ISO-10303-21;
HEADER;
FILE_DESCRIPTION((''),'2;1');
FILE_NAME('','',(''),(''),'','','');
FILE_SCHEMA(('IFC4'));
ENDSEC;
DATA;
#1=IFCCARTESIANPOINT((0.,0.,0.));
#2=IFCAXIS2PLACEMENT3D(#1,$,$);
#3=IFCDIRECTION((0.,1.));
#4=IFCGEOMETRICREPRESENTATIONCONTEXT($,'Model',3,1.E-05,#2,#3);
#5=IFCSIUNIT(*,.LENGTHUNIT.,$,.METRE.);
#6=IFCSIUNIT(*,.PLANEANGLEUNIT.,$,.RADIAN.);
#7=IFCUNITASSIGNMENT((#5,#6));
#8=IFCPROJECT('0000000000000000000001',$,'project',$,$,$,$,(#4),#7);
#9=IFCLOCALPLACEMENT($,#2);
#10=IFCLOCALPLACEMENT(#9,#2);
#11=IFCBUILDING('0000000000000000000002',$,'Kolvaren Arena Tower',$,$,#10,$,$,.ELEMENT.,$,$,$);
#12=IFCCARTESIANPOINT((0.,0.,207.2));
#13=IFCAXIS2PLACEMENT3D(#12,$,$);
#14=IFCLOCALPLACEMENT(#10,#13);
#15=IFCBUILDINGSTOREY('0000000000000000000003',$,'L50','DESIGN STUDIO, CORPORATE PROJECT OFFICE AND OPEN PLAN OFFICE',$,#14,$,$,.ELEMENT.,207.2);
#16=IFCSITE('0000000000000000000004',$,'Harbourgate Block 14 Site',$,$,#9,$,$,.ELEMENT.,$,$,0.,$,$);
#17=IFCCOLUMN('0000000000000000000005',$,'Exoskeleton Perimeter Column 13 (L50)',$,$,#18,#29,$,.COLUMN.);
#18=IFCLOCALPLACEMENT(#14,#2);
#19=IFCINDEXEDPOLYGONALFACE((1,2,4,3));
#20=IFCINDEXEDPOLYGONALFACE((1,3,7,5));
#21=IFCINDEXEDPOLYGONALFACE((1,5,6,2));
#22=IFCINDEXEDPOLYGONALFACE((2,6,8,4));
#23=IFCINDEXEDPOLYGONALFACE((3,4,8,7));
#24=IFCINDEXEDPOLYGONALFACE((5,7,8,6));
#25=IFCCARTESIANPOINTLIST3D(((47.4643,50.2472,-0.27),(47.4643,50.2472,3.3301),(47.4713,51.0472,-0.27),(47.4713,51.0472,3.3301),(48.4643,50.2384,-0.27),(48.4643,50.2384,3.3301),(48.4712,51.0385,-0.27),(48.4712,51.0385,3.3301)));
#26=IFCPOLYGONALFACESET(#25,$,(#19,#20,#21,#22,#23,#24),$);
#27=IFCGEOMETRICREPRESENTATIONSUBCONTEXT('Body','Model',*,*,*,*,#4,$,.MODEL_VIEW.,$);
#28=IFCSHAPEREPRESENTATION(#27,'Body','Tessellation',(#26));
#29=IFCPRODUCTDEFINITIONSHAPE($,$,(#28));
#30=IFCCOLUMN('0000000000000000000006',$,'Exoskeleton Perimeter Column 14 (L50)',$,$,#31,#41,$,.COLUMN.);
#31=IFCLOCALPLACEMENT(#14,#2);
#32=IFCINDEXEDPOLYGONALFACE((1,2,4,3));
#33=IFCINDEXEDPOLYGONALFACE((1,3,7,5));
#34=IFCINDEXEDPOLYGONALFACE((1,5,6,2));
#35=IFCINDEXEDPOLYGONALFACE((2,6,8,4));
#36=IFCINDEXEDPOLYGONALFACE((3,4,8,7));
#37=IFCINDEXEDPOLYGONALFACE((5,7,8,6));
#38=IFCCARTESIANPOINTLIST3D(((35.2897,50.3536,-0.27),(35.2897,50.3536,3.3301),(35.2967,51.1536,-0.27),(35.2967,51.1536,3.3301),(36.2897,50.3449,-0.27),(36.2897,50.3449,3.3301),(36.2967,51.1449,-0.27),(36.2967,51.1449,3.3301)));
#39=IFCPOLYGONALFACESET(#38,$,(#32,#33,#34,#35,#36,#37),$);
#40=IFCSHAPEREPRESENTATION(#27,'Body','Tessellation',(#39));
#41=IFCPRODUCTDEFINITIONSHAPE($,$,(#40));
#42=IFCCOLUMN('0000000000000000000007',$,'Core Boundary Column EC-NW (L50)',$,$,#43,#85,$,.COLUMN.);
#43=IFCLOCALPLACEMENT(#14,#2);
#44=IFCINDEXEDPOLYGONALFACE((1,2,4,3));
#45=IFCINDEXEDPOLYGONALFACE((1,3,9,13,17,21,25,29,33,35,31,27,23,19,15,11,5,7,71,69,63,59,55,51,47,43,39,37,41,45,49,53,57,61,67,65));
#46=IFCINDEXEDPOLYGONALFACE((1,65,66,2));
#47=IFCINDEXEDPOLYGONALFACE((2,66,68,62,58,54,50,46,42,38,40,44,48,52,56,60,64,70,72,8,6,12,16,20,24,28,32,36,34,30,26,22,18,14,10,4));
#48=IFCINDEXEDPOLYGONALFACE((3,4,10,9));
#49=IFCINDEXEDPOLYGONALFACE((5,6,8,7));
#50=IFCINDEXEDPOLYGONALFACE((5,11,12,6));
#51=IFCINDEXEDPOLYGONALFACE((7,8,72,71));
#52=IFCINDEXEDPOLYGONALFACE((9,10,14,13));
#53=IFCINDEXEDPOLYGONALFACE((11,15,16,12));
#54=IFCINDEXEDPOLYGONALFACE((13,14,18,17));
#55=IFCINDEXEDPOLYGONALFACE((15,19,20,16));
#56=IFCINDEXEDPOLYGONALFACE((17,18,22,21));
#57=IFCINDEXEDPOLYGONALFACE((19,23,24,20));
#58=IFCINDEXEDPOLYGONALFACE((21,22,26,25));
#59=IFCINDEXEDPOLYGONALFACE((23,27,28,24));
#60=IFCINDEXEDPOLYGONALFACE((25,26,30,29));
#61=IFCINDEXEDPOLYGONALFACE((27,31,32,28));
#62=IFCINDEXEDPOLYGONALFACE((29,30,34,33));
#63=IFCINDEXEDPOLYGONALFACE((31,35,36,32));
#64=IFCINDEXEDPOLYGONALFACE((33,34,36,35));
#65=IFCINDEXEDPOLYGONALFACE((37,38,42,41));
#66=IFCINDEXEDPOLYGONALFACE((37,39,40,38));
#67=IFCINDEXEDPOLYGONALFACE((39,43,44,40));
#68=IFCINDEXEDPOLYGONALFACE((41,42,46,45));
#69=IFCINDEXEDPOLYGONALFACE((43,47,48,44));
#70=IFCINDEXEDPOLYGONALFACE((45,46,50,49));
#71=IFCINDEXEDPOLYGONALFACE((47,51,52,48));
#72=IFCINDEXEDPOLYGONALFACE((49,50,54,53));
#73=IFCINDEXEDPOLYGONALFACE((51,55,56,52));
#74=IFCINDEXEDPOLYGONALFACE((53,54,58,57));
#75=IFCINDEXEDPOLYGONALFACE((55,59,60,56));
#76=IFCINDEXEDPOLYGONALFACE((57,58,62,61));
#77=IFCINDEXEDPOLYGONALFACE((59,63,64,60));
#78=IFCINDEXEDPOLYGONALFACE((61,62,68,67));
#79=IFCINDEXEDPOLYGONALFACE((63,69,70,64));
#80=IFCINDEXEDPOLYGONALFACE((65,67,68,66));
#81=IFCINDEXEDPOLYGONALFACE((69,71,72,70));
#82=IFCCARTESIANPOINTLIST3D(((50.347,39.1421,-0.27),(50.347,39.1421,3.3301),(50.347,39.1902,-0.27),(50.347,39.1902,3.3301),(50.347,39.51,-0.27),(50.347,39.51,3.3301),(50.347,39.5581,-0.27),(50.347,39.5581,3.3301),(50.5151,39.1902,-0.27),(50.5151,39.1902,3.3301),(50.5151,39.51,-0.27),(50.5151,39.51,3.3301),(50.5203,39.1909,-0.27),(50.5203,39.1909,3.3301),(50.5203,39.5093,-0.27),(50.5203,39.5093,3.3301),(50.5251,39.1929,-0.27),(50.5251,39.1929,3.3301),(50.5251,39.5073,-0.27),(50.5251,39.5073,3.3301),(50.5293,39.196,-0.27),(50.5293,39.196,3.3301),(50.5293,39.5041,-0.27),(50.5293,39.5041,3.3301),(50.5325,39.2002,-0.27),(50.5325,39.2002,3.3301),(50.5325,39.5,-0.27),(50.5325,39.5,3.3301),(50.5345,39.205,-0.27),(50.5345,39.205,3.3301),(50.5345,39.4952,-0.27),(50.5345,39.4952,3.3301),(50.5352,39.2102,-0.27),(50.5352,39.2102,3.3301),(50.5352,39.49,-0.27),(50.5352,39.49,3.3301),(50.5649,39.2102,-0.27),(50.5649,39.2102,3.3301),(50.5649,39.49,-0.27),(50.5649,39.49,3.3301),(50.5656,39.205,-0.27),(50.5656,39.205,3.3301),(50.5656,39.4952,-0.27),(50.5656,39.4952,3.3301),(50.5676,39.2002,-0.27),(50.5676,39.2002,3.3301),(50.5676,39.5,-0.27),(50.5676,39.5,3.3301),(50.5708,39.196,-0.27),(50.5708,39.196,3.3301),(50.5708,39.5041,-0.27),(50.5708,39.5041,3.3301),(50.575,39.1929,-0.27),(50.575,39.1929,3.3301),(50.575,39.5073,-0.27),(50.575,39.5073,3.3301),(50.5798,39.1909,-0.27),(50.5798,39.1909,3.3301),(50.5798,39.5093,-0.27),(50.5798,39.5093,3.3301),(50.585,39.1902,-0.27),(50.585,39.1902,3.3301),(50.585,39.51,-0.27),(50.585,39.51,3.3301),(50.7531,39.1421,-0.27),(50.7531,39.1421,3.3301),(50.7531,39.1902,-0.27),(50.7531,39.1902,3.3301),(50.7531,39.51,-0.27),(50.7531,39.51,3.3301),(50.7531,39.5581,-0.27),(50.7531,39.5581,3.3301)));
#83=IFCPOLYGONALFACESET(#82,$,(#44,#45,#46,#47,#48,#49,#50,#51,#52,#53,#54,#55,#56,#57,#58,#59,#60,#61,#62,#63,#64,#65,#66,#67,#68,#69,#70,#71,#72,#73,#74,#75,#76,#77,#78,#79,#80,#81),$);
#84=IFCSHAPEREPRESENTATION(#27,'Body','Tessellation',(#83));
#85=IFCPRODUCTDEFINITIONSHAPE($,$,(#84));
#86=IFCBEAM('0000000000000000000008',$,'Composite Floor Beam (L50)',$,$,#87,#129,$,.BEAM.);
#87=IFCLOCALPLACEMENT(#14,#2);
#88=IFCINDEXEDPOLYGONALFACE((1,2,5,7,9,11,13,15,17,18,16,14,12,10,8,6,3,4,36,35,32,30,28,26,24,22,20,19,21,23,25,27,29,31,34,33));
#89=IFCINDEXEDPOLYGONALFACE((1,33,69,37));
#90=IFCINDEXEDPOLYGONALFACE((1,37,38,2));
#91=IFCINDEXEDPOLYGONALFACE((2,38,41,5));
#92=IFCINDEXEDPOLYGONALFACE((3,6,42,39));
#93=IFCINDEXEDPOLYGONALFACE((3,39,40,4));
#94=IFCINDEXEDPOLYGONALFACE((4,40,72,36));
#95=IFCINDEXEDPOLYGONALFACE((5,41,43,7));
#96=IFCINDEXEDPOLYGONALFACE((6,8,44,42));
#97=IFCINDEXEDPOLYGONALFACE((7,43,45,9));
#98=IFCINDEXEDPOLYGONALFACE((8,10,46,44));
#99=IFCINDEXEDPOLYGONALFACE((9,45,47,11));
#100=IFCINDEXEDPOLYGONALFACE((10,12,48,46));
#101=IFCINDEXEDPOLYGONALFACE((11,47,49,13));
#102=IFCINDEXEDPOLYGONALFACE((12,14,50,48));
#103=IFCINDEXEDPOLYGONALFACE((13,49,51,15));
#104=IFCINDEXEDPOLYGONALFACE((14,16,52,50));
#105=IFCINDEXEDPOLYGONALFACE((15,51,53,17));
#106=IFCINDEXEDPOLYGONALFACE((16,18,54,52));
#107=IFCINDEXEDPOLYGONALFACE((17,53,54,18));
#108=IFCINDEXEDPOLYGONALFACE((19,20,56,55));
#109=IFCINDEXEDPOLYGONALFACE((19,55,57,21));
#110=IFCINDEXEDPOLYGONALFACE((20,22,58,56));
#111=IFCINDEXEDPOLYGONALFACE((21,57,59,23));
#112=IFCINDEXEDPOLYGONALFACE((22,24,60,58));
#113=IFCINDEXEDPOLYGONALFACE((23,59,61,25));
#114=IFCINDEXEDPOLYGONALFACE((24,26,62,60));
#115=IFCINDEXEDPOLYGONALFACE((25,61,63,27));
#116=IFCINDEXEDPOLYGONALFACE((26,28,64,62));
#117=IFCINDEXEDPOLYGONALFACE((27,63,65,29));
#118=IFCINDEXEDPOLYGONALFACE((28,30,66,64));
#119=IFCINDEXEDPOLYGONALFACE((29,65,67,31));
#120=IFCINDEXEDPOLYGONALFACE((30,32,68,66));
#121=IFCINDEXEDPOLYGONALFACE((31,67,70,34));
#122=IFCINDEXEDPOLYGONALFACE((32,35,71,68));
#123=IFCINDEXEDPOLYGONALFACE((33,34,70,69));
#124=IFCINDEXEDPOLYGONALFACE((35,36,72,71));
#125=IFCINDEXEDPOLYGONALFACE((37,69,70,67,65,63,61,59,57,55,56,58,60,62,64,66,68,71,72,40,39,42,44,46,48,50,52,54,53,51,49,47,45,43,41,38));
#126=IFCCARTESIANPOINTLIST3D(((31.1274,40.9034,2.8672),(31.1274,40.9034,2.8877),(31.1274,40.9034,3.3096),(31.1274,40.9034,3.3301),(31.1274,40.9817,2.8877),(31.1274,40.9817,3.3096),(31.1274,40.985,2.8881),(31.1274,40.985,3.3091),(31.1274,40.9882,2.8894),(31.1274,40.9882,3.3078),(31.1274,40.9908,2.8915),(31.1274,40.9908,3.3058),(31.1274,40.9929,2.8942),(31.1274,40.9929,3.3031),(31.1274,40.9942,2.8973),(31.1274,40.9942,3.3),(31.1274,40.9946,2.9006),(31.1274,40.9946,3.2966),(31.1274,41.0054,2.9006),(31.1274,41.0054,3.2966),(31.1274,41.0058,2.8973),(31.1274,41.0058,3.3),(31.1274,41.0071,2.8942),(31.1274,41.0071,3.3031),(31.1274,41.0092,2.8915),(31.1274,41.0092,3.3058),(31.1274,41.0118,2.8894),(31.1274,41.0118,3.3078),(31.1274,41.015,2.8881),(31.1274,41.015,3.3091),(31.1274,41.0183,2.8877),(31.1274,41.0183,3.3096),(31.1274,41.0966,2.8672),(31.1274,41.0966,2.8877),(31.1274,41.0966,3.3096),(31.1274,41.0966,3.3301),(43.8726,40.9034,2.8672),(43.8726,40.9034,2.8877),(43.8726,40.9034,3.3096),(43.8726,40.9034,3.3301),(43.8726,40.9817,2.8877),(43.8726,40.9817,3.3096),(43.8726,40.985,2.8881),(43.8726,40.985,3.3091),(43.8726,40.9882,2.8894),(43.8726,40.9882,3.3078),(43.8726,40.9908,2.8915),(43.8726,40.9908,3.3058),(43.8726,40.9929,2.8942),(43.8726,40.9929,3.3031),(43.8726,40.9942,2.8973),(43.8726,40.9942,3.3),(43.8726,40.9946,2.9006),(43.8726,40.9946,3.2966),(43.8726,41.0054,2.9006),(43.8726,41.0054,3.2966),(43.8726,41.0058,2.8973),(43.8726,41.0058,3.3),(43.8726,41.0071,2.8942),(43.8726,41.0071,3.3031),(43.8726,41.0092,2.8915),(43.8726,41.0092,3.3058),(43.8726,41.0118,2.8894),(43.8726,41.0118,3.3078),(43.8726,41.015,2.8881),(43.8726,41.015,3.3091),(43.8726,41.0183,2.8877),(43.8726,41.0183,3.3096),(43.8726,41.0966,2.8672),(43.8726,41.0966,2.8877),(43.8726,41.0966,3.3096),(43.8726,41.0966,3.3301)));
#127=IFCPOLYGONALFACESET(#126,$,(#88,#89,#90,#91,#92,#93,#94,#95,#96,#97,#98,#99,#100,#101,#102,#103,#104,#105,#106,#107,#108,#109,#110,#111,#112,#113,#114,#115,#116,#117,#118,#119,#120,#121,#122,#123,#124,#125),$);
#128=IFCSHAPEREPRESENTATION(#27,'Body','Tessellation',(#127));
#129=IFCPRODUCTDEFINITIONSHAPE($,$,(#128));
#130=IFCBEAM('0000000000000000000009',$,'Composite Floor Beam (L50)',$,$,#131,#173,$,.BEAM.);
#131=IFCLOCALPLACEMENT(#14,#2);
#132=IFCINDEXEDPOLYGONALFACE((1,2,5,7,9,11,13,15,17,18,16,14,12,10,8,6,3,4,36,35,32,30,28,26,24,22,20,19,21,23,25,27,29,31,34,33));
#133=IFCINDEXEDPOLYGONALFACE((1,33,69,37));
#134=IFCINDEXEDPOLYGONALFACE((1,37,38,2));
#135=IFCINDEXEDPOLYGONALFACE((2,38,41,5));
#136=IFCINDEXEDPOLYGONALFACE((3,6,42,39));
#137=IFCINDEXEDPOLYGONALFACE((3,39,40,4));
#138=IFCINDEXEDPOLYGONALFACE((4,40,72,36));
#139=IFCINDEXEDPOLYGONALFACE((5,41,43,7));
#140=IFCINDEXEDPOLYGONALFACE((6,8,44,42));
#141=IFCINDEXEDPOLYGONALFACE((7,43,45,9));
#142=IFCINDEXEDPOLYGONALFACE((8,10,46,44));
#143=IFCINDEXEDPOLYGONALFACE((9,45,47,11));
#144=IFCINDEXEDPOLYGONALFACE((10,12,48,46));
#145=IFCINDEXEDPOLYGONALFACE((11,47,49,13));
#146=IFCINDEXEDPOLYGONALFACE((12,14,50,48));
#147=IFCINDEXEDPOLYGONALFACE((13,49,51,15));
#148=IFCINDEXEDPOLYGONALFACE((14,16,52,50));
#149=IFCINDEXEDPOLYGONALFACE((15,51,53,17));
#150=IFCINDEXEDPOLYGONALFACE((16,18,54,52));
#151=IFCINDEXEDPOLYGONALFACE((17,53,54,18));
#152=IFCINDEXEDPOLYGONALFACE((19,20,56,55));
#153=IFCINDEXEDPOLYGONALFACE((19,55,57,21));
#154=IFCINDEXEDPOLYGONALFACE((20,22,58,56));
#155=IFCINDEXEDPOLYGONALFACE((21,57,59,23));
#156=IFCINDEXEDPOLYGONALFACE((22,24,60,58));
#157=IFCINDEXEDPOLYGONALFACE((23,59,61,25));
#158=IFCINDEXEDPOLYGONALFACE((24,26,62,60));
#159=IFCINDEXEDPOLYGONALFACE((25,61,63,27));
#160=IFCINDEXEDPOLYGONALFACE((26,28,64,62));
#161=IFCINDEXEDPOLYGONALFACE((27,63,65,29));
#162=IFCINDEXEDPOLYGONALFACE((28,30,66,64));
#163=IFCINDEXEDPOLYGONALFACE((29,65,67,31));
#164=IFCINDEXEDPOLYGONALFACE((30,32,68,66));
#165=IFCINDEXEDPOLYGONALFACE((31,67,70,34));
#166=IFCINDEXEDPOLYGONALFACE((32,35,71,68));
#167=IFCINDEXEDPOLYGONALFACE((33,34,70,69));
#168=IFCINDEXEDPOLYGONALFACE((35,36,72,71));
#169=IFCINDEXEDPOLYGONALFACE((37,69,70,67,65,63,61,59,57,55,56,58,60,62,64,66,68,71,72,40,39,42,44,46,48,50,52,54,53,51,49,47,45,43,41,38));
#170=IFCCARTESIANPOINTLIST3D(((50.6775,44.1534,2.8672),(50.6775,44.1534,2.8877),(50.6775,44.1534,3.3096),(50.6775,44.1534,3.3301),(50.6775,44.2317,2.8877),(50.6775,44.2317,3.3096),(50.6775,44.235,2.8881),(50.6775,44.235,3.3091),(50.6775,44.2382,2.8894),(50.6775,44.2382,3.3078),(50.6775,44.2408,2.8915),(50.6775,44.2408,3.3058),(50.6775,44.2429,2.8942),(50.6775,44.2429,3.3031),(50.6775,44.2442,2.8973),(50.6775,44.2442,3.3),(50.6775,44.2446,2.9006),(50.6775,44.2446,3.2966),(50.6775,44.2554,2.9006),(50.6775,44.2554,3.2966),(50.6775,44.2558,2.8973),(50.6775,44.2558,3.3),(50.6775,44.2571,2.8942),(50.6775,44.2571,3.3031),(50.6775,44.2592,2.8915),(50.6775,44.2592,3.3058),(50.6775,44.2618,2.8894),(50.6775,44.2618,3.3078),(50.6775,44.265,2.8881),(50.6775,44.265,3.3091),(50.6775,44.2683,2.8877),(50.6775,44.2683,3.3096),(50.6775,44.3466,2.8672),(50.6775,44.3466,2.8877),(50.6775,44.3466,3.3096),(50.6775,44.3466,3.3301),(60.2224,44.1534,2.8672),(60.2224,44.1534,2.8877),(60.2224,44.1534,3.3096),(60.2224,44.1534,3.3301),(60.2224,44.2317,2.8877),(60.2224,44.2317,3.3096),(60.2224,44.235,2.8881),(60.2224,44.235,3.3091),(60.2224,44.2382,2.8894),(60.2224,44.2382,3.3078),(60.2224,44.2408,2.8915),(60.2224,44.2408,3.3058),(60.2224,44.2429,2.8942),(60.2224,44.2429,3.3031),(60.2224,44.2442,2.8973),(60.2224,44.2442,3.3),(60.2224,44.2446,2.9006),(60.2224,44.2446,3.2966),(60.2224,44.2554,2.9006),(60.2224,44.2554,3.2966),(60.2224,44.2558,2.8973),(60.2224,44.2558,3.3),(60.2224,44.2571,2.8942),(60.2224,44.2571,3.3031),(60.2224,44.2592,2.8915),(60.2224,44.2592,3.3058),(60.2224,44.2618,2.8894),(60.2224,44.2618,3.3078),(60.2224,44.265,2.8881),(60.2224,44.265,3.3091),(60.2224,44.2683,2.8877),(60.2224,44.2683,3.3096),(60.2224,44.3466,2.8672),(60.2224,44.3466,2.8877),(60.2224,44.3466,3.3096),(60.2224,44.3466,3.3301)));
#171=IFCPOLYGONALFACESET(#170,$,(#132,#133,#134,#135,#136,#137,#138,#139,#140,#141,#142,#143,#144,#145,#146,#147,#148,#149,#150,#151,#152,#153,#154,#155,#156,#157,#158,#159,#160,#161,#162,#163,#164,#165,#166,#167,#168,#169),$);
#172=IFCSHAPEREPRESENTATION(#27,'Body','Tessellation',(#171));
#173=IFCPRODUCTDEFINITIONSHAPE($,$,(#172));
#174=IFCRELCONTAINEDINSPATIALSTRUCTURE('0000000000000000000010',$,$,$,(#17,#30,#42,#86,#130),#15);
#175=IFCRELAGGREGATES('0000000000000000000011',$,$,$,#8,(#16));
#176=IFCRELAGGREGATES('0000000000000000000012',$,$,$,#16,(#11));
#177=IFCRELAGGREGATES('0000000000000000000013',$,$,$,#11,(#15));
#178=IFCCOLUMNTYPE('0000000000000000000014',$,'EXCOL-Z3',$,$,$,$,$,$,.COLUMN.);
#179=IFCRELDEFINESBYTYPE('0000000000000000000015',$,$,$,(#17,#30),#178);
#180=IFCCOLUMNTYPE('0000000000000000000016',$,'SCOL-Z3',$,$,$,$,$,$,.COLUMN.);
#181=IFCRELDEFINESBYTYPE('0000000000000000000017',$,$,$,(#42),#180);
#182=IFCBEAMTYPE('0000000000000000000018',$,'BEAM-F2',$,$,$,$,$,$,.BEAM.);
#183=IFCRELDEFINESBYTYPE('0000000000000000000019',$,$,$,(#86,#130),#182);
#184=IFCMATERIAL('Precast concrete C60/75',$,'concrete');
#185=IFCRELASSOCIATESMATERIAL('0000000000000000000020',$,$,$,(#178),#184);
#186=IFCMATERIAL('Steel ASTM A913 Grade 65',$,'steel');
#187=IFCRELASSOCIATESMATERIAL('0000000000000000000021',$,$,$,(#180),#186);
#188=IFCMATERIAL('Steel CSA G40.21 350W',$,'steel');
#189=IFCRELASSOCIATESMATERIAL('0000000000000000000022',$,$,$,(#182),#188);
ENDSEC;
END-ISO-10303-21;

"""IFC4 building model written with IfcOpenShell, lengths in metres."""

from ifc_helpers import new_model, si_unit, direction, frame, origin, origin_2d, place, context, subcontext, project, spatial, rectangle, i_section, extrude, material, material_profile, profile_set, type_object, element, save


model = new_model("IFC4")

# Units and contexts
model_context = context("Model", 3, precision=1e-05, world=origin(), true_north=direction((0.0, 1.0)))
body_context = subcontext(model_context, "Body", "Model", "MODEL_VIEW")
ifc_project = project(units=[si_unit("LENGTHUNIT", "METRE"), si_unit("PLANEANGLEUNIT", "RADIAN")], contexts=[model_context])

# Site, building, storey
site_placement = place(None, origin())
site = spatial("IfcSite", under=ifc_project, at=site_placement, Name="Harbourgate Block 14 Site", CompositionType="ELEMENT", RefElevation=0.0)
building_placement = place(site_placement, origin())
building = spatial("IfcBuilding", under=site, at=building_placement, Name="Kolvaren Arena Tower", CompositionType="ELEMENT")
storey_placement = place(building_placement, frame((0.0, 0.0, 207.2)))
storey = spatial("IfcBuildingStorey", under=building, at=storey_placement, Name="L50", Description="DESIGN STUDIO, CORPORATE PROJECT OFFICE AND OPEN PLAN OFFICE", CompositionType="ELEMENT", Elevation=207.2)

# Columns
ifc_material_1 = material(Name="Precast concrete C60/75", Category="concrete")
ifc_material_profile_1 = material_profile(ifc_material_1, rectangle(XDim=1.0, YDim=0.8, at=origin_2d()), Name="RC-1000x800")
ifc_profile_set_1 = profile_set([ifc_material_profile_1], Name="Precast concrete C60/75")
column_type_1 = type_object("IfcColumnType", Name="EXCOL-Z3", PredefinedType="COLUMN", material=ifc_profile_set_1)
for number, where, z_axis, x_axis, name in (
    (1, (47.9678, 50.6428, -0.27), (0.0, 0.0, 1.0), (0.999962, -0.008727, 0.0), "Exoskeleton Perimeter Column 13 (L50)"),
    (2, (35.7932, 50.7493, -0.27), (0.0, 0.0, 1.0), (0.999962, -0.008727, 0.0), "Exoskeleton Perimeter Column 14 (L50)"),
):
    element("IfcColumn", number, at=place(storey_placement, frame(where, z_axis=z_axis, x_axis=x_axis)), inside=storey, type_object=column_type_1, Name=name, PredefinedType="COLUMN", context=body_context, shape_type="SweptSolid", body=[
        extrude(rectangle(XDim=1.0, YDim=0.8, at=origin_2d()), origin(), (0.0, 0.0, 1.0), 3.6001),
    ])
ifc_material_2 = material(Name="Steel ASTM A913 Grade 65", Category="steel")
ifc_material_profile_2 = material_profile(ifc_material_2, i_section(OverallWidth=0.406, OverallDepth=0.416, WebThickness=0.0298, FlangeThickness=0.0481, FilletRadius=0.02, at=origin_2d()), Name="W360x382")
ifc_profile_set_2 = profile_set([ifc_material_profile_2], Name="Steel ASTM A913 Grade 65")
column_type_2 = type_object("IfcColumnType", Name="SCOL-Z3", PredefinedType="COLUMN", material=ifc_profile_set_2)
column_placement = place(storey_placement, frame((50.55, 39.3501, -0.27), z_axis=(0.0, 0.0, 1.0), x_axis=(1.0, 0.0, 0.0)))
element("IfcColumn", 3, at=column_placement, inside=storey, type_object=column_type_2, Name="Core Boundary Column EC-NW (L50)", PredefinedType="COLUMN", context=body_context, shape_type="SweptSolid", body=[
    extrude(i_section(OverallWidth=0.406, OverallDepth=0.416, WebThickness=0.0298, FlangeThickness=0.0481, FilletRadius=0.02, at=origin_2d()), origin(), (0.0, 0.0, 1.0), 3.6001),
])

# Beams
ifc_material_3 = material(Name="Steel CSA G40.21 350W", Category="steel")
ifc_material_profile_3 = material_profile(ifc_material_3, i_section(OverallWidth=0.1931, OverallDepth=0.4629, WebThickness=0.0107, FlangeThickness=0.0205, FilletRadius=0.0129, at=origin_2d()), Name="W460x113")
ifc_profile_set_3 = profile_set([ifc_material_profile_3], Name="Steel CSA G40.21 350W")
beam_type_1 = type_object("IfcBeamType", Name="BEAM-F2", PredefinedType="BEAM", material=ifc_profile_set_3)
beam_1_placement = place(storey_placement, frame((31.1274, 41.0, 3.0986), z_axis=(1.0, 0.0, 0.0), x_axis=(0.0, 1.0, 0.0)))
element("IfcBeam", 4, at=beam_1_placement, inside=storey, type_object=beam_type_1, Name="Composite Floor Beam (L50)", PredefinedType="BEAM", context=body_context, shape_type="SweptSolid", body=[
    extrude(i_section(OverallWidth=0.1931, OverallDepth=0.4629, WebThickness=0.0107, FlangeThickness=0.0205, FilletRadius=0.0129, at=origin_2d()), origin(), (0.0, 0.0, 1.0), 12.7451),
])
beam_2_placement = place(storey_placement, frame((50.6775, 44.25, 3.0986), z_axis=(1.0, 0.0, 0.0), x_axis=(0.0, 1.0, 0.0)))
element("IfcBeam", 5, at=beam_2_placement, inside=storey, type_object=beam_type_1, Name="Composite Floor Beam (L50)", PredefinedType="BEAM", context=body_context, shape_type="SweptSolid", body=[
    extrude(i_section(OverallWidth=0.1931, OverallDepth=0.4629, WebThickness=0.0107, FlangeThickness=0.0205, FilletRadius=0.0129, at=origin_2d()), origin(), (0.0, 0.0, 1.0), 9.5449),
])

save(model, "model.ifc")
